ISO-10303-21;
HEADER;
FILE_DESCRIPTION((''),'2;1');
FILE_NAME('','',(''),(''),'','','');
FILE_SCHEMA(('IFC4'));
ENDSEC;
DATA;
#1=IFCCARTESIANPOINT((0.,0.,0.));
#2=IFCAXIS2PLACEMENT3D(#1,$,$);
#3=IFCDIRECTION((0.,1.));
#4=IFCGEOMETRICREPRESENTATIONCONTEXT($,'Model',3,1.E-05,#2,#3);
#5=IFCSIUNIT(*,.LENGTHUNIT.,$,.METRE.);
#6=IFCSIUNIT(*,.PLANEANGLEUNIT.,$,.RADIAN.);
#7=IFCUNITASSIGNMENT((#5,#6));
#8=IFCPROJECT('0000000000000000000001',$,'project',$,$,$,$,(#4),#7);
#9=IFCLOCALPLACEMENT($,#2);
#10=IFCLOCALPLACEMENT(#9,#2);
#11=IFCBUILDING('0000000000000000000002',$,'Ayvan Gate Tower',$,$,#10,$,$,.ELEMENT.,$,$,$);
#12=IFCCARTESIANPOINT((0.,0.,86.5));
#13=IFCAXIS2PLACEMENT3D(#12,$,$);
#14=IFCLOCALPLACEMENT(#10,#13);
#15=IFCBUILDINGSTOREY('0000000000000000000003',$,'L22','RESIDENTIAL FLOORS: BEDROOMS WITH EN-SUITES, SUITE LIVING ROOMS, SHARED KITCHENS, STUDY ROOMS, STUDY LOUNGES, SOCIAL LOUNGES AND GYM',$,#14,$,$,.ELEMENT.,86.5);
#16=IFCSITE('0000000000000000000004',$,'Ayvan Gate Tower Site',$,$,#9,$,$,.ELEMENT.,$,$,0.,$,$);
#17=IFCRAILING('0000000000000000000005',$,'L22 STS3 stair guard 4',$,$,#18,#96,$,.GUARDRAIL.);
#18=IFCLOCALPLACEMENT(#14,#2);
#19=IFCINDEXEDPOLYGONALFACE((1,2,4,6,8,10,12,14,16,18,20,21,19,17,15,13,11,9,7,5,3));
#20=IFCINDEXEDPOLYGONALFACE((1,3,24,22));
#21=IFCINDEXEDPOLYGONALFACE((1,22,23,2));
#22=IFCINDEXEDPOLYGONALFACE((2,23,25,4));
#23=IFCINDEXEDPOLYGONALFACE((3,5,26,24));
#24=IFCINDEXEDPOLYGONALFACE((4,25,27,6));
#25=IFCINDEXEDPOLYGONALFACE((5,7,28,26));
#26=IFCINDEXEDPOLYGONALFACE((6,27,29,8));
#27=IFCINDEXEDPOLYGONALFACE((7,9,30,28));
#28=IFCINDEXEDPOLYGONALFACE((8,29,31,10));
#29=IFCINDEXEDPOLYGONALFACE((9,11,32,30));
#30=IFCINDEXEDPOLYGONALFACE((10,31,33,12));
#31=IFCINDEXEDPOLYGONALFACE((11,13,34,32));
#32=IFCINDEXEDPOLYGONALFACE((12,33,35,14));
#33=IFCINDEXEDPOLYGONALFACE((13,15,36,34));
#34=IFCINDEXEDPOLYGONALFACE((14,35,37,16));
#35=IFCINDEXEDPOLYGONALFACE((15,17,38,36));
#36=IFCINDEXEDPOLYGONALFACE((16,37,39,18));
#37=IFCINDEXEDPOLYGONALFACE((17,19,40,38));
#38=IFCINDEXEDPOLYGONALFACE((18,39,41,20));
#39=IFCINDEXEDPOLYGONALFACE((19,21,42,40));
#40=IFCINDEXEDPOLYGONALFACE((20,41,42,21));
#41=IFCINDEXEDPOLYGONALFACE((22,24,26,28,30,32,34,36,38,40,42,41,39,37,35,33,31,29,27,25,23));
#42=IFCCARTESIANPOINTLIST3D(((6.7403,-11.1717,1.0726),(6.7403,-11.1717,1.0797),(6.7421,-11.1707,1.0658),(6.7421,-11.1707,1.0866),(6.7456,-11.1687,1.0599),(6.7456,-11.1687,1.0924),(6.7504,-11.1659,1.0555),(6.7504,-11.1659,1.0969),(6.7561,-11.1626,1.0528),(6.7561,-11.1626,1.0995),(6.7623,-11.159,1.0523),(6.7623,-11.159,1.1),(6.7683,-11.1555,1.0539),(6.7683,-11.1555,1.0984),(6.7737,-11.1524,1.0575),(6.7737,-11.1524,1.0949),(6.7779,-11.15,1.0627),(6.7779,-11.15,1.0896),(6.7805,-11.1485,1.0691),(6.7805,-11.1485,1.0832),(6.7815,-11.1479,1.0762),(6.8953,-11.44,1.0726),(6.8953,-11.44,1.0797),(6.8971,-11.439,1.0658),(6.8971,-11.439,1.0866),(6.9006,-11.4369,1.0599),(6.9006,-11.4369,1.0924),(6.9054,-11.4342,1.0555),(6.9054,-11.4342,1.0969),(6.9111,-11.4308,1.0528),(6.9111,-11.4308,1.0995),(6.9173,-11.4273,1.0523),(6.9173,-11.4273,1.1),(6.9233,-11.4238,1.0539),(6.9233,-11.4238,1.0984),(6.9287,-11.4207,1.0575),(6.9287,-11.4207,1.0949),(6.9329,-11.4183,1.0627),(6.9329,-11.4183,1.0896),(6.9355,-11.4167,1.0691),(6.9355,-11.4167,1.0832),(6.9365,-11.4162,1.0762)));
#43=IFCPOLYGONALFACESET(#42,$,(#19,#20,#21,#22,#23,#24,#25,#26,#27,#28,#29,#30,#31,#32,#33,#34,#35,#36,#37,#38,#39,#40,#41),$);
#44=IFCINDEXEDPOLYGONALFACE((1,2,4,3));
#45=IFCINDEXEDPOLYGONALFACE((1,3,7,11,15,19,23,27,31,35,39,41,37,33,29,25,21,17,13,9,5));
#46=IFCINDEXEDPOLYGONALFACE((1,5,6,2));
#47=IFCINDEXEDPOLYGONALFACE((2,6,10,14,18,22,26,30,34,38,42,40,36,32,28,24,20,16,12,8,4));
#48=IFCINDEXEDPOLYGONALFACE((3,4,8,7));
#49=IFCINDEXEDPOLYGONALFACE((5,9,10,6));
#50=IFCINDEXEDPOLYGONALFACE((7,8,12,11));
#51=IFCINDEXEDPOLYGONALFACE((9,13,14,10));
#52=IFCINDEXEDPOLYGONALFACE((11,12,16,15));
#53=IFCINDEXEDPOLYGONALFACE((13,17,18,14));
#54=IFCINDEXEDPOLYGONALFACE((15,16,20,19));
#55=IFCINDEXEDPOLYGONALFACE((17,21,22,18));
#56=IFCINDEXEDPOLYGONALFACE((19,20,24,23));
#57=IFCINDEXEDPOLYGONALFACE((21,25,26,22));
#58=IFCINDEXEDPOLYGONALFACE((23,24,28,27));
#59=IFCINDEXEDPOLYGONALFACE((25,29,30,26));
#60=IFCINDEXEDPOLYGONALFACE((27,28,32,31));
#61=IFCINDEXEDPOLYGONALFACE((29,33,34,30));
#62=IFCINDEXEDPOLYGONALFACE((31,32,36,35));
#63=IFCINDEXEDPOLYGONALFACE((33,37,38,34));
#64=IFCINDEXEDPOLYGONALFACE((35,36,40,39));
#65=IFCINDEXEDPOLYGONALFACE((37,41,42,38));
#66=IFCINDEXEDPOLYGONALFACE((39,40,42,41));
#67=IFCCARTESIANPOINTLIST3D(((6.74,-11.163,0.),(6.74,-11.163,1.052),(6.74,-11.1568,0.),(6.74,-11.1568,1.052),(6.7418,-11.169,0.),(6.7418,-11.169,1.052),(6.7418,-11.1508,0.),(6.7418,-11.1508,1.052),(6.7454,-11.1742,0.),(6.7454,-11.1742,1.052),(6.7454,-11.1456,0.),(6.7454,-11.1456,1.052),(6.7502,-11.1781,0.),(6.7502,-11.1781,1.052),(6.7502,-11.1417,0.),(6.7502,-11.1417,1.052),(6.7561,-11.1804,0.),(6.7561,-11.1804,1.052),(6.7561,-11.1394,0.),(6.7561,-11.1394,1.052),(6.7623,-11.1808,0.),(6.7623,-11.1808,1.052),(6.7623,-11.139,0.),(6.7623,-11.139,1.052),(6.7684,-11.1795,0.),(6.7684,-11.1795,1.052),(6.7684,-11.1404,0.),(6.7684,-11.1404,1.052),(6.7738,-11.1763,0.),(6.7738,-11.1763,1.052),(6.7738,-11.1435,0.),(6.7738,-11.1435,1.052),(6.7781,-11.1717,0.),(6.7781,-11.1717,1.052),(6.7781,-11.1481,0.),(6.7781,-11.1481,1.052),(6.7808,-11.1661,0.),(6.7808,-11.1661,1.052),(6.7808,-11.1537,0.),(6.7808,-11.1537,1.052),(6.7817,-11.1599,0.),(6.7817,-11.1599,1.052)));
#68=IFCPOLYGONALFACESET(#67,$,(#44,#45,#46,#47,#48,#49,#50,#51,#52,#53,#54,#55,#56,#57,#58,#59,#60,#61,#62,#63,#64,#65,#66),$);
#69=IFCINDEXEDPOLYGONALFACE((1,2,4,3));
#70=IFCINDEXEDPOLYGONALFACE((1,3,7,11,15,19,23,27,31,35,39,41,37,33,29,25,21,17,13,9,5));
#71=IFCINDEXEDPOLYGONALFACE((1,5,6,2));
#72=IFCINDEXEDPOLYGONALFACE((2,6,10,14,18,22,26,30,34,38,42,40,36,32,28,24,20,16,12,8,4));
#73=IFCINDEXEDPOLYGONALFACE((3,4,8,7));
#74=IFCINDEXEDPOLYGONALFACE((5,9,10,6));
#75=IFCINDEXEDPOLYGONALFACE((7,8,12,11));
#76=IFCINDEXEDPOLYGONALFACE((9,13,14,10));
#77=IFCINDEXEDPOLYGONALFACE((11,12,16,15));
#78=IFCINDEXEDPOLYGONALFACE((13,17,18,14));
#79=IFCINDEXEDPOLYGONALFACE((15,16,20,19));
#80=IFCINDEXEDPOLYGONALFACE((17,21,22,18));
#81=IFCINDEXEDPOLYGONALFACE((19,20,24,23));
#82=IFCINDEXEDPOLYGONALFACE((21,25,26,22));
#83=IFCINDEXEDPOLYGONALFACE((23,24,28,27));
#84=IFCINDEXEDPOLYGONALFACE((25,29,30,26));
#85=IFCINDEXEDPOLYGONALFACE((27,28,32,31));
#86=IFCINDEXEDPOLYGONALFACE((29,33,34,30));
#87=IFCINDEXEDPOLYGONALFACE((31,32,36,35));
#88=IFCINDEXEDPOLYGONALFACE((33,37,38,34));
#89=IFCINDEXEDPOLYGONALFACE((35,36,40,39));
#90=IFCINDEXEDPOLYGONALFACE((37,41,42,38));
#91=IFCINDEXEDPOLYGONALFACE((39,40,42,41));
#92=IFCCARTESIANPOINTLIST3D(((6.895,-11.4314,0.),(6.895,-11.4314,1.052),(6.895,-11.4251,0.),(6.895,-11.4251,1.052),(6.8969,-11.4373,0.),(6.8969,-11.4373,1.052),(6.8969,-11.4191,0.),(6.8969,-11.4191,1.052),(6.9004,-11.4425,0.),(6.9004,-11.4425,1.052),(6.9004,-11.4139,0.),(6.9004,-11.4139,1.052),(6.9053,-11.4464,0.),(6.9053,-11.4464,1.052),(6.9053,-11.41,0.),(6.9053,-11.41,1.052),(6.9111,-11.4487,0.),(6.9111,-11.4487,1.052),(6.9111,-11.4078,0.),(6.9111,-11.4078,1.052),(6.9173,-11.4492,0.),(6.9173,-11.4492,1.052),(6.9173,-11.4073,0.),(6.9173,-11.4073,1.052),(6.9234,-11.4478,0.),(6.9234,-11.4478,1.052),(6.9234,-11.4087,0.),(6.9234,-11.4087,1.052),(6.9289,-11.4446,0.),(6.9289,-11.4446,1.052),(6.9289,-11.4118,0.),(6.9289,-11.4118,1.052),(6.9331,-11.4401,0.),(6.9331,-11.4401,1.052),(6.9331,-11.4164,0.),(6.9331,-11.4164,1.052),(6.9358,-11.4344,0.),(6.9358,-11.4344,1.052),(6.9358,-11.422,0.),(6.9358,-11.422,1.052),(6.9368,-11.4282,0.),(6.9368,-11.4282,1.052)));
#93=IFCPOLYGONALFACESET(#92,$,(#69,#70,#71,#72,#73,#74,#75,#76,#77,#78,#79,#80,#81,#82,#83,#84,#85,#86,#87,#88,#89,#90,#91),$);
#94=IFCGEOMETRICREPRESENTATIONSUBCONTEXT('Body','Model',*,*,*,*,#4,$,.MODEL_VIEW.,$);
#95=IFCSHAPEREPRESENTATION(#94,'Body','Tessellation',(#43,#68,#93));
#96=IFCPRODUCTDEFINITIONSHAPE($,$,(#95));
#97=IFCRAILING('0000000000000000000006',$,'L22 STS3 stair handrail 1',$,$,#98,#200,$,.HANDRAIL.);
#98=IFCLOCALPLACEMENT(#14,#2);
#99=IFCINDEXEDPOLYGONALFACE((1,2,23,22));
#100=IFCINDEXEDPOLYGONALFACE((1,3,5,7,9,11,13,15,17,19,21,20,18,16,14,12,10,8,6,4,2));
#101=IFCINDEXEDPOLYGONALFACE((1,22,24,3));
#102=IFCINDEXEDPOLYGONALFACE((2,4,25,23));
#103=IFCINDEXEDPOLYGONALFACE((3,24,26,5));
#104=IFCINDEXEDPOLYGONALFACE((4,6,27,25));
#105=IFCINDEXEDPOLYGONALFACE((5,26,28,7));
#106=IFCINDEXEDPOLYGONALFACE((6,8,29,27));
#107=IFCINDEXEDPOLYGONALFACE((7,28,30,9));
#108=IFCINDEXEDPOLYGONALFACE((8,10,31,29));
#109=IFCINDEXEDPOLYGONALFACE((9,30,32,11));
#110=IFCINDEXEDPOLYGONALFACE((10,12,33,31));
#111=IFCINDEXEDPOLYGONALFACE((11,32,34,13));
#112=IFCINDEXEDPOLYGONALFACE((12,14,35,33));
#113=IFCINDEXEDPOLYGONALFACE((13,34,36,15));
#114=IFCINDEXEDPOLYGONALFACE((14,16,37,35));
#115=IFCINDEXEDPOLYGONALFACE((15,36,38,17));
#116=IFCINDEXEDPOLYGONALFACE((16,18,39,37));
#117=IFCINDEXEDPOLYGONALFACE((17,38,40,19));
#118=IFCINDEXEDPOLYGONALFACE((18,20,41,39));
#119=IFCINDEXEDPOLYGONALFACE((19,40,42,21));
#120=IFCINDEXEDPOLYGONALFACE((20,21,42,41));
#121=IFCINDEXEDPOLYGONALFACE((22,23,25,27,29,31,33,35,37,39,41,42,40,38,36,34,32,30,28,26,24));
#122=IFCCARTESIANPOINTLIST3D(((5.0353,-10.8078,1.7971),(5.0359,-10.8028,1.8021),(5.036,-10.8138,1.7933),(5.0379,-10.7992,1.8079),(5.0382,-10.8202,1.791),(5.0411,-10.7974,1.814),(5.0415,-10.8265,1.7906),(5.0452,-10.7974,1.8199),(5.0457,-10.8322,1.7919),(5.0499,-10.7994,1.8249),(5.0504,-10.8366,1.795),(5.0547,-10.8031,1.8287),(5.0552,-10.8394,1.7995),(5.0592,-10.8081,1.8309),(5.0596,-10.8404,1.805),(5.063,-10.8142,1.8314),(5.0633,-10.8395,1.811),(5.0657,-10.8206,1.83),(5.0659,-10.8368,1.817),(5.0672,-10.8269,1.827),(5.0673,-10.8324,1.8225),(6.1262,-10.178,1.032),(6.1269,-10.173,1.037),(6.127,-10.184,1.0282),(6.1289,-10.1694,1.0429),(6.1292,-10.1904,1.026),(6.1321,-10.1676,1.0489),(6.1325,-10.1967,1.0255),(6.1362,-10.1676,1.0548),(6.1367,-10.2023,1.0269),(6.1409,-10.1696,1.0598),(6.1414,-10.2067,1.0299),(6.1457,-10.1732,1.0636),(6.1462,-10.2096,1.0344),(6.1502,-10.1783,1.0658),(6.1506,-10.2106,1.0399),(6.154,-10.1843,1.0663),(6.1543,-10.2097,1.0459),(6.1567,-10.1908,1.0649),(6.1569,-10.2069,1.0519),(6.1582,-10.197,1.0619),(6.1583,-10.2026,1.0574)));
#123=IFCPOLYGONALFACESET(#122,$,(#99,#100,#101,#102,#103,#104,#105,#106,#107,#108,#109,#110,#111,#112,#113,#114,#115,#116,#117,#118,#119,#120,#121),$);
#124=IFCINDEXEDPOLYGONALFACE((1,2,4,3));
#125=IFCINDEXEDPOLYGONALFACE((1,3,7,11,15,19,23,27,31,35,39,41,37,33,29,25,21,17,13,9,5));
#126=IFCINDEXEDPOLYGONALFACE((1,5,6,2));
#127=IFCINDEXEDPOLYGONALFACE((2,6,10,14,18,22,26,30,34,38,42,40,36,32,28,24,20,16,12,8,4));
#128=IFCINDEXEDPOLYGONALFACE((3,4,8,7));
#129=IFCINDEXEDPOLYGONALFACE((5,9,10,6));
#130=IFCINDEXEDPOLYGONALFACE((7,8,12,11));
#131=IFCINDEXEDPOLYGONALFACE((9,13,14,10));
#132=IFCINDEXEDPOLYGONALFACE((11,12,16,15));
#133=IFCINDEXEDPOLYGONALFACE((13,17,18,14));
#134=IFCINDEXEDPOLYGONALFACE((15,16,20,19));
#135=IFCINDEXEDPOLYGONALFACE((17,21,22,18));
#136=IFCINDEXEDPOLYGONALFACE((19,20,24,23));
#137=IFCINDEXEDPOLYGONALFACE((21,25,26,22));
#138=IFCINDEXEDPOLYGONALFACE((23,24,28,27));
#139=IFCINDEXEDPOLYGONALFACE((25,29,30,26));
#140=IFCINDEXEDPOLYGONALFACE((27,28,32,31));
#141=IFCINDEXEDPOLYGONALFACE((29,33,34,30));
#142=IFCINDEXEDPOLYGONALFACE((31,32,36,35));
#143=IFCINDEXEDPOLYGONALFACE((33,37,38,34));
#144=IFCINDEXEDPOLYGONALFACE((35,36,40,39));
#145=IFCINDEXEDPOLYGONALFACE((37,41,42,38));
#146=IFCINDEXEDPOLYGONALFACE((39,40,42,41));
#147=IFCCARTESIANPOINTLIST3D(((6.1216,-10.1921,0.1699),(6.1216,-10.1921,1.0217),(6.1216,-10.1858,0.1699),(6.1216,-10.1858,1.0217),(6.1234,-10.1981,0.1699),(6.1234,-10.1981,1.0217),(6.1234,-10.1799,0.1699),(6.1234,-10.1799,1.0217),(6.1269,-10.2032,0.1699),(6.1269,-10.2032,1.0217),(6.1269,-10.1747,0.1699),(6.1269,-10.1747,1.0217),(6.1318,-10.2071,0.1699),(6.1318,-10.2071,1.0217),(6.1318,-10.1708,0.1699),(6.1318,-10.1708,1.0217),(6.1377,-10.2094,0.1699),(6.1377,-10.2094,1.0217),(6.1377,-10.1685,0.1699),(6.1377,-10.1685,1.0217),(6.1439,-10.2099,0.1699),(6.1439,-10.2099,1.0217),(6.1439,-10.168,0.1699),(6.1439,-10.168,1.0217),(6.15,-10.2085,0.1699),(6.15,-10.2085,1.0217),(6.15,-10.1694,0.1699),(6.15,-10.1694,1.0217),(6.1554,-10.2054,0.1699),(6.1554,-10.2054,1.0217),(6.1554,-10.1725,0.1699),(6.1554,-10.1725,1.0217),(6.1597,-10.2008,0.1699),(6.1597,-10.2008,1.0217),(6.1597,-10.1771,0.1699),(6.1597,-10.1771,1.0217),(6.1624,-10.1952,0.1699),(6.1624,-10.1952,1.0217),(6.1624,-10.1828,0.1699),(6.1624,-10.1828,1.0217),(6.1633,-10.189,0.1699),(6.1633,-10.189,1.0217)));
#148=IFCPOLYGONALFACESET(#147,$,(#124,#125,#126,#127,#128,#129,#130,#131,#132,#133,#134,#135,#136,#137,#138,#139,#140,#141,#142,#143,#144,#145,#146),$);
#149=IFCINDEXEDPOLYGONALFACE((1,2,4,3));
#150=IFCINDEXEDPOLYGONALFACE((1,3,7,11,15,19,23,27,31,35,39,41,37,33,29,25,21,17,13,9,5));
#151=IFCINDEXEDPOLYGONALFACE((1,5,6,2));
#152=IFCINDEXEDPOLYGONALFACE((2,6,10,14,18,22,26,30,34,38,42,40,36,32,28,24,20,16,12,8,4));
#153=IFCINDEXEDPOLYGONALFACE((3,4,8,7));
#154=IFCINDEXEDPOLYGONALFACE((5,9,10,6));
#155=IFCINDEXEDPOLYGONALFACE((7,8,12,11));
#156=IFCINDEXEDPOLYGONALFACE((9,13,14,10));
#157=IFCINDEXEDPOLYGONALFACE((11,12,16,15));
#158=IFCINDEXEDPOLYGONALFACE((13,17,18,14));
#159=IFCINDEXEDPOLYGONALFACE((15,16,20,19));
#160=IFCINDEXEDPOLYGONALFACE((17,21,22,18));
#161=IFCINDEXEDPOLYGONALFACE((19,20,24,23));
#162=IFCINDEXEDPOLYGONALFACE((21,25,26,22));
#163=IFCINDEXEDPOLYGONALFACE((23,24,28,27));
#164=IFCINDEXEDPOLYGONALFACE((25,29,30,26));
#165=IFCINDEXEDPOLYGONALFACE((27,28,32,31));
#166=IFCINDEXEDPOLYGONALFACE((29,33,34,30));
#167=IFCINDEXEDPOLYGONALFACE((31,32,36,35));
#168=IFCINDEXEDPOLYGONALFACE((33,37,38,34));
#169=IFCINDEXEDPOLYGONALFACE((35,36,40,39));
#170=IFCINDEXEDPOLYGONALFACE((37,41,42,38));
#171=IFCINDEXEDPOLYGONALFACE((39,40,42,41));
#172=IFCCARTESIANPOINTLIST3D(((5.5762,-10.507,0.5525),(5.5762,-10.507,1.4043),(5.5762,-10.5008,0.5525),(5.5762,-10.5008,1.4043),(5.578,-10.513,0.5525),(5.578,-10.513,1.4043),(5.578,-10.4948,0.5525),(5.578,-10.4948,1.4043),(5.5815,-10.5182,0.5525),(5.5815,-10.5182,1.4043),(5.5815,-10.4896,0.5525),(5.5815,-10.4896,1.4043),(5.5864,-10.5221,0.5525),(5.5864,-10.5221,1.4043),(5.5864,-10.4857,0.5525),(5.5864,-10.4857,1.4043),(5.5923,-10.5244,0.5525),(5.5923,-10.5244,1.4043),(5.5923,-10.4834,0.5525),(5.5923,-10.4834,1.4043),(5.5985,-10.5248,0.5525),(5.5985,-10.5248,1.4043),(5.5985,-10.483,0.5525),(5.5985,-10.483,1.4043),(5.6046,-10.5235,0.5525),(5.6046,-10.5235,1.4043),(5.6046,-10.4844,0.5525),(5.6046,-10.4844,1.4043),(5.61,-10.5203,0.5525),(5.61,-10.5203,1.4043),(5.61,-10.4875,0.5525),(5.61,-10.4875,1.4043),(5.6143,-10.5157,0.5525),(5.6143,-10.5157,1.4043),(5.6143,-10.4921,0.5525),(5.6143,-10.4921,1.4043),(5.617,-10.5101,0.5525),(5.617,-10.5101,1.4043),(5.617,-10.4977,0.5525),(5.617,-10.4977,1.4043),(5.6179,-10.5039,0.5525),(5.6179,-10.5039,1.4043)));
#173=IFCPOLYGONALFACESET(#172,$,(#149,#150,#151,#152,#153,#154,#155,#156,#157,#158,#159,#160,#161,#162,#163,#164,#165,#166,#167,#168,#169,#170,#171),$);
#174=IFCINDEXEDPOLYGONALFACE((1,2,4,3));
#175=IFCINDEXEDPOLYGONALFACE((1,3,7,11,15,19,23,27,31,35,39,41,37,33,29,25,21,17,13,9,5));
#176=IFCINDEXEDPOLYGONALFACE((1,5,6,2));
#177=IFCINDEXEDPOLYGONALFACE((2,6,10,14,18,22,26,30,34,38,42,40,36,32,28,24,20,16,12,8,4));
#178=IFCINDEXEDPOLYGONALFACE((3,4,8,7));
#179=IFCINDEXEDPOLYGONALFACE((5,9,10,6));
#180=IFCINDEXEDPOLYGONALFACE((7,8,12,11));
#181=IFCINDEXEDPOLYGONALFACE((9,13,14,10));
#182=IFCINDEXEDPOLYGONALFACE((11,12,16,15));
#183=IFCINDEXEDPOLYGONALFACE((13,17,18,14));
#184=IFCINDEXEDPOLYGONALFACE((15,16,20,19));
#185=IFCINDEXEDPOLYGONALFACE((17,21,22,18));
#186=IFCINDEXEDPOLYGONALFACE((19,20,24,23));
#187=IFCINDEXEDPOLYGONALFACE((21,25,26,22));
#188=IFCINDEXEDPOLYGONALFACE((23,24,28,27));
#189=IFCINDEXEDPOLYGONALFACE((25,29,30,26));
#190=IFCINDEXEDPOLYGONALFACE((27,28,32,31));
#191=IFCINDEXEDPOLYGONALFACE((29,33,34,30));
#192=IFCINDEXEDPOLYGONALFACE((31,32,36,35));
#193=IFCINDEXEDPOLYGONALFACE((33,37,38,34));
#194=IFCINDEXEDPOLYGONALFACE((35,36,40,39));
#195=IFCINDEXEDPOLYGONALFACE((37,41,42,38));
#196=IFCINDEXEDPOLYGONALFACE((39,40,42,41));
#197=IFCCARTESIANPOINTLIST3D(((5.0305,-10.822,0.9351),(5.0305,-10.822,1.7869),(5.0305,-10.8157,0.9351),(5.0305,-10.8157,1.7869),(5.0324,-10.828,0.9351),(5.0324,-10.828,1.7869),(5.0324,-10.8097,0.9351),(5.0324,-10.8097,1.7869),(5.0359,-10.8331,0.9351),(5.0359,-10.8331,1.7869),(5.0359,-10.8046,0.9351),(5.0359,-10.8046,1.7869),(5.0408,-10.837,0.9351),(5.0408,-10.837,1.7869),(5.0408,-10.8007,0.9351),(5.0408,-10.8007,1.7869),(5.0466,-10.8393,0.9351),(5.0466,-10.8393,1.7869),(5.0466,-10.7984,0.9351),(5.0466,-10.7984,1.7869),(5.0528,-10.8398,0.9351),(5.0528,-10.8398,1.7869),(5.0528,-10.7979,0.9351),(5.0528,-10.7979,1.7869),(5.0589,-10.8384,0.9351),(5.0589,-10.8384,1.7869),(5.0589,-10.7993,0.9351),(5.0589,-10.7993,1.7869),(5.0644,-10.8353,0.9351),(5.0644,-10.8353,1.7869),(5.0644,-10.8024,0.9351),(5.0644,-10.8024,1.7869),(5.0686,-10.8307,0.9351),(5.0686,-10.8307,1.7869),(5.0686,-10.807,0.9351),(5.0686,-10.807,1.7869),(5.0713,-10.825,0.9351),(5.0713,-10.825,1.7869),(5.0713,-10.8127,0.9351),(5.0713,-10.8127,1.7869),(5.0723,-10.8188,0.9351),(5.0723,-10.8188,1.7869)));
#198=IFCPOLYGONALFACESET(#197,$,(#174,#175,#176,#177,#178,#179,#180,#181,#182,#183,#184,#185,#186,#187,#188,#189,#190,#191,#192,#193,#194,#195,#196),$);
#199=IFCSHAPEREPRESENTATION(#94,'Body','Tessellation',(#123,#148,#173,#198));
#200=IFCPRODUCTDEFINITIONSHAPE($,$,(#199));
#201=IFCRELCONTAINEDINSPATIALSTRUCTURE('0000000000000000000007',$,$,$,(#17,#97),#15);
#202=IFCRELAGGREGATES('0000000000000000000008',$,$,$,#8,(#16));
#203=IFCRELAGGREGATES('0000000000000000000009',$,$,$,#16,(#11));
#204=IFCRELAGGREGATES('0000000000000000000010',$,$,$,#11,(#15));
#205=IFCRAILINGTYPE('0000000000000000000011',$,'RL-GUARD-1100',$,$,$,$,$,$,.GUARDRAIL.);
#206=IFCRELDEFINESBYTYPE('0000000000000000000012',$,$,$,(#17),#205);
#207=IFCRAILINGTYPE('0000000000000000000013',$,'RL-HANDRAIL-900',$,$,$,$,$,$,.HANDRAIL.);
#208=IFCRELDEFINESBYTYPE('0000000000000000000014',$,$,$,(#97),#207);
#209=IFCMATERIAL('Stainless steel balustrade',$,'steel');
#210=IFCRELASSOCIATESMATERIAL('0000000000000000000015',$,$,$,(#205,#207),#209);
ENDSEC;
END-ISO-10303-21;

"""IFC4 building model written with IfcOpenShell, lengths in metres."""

from ifc_helpers import new_model, si_unit, direction, frame, origin, origin_2d, place, context, subcontext, project, spatial, circle, extrude, material, type_object, element, save


model = new_model("IFC4")

# Units and contexts
model_context = context("Model", 3, precision=1e-05, world=origin(), true_north=direction((0.0, 1.0)))
body_context = subcontext(model_context, "Body", "Model", "MODEL_VIEW")
ifc_project = project(units=[si_unit("LENGTHUNIT", "METRE"), si_unit("PLANEANGLEUNIT", "RADIAN")], contexts=[model_context])

# Site, building, storey
site_placement = place(None, origin())
site = spatial("IfcSite", under=ifc_project, at=site_placement, Name="Ayvan Gate Tower Site", CompositionType="ELEMENT", RefElevation=0.0)
building_placement = place(site_placement, origin())
building = spatial("IfcBuilding", under=site, at=building_placement, Name="Ayvan Gate Tower", CompositionType="ELEMENT")
storey_placement = place(building_placement, frame((0.0, 0.0, 86.5)))
storey = spatial("IfcBuildingStorey", under=building, at=storey_placement, Name="L22", Description="RESIDENTIAL FLOORS: BEDROOMS WITH EN-SUITES, SUITE LIVING ROOMS, SHARED KITCHENS, STUDY ROOMS, STUDY LOUNGES, SOCIAL LOUNGES AND GYM", CompositionType="ELEMENT", Elevation=86.5)

# Railings
ifc_material_1 = material(Name="Stainless steel balustrade", Category="steel")
railing_type_1 = type_object("IfcRailingType", Name="RL-GUARD-1100", PredefinedType="GUARDRAIL", material=ifc_material_1)
railing_1_placement = place(storey_placement, frame((6.7607, -11.1599, 0.0)))
element("IfcRailing", 1, at=railing_1_placement, inside=storey, type_object=railing_type_1, Name="L22 STS3 stair guard 4", PredefinedType="GUARDRAIL", context=body_context, shape_type="SweptSolid", body=[
    extrude(circle(Radius=0.0239, at=origin_2d()), frame((0.0, 0.0, 1.0762), z_axis=(0.500291, -0.865857, 0.0), x_axis=(0.865857, 0.500291, 0.0)), (0.0, 0.0, 1.0), 0.3098),
    extrude(circle(Radius=0.021, at=origin_2d()), origin(), (0.0, 0.0, 1.0), 1.052),
    extrude(circle(Radius=0.021, at=origin_2d()), frame((0.155, -0.2683, 0.0)), (0.0, 0.0, 1.0), 1.052),
])
railing_type_2 = type_object("IfcRailingType", Name="RL-HANDRAIL-900", PredefinedType="HANDRAIL", material=ifc_material_1)
railing_2_placement = place(storey_placement, frame((6.1423, -10.189, 0.1699)))
element("IfcRailing", 2, at=railing_2_placement, inside=storey, type_object=railing_type_2, Name="L22 STS3 stair handrail 1", PredefinedType="HANDRAIL", context=body_context, shape_type="SweptSolid", body=[
    extrude(circle(Radius=0.0239, at=origin_2d()), frame((0.0, 0.0, 0.876), z_axis=(-0.740218, -0.427336, 0.519097), x_axis=(0.499974, -0.86604, 0.0)), (0.0, 0.0, 1.0), 1.4739),
    extrude(circle(Radius=0.021, at=origin_2d()), origin(), (0.0, 0.0, 1.0), 0.8518),
    extrude(circle(Radius=0.021, at=origin_2d()), frame((-0.5454, -0.3149, 0.3826)), (0.0, 0.0, 1.0), 0.8518),
    extrude(circle(Radius=0.021, at=origin_2d()), frame((-1.0911, -0.6299, 0.7651)), (0.0, 0.0, 1.0), 0.8518),
])

save(model, "model.ifc")
